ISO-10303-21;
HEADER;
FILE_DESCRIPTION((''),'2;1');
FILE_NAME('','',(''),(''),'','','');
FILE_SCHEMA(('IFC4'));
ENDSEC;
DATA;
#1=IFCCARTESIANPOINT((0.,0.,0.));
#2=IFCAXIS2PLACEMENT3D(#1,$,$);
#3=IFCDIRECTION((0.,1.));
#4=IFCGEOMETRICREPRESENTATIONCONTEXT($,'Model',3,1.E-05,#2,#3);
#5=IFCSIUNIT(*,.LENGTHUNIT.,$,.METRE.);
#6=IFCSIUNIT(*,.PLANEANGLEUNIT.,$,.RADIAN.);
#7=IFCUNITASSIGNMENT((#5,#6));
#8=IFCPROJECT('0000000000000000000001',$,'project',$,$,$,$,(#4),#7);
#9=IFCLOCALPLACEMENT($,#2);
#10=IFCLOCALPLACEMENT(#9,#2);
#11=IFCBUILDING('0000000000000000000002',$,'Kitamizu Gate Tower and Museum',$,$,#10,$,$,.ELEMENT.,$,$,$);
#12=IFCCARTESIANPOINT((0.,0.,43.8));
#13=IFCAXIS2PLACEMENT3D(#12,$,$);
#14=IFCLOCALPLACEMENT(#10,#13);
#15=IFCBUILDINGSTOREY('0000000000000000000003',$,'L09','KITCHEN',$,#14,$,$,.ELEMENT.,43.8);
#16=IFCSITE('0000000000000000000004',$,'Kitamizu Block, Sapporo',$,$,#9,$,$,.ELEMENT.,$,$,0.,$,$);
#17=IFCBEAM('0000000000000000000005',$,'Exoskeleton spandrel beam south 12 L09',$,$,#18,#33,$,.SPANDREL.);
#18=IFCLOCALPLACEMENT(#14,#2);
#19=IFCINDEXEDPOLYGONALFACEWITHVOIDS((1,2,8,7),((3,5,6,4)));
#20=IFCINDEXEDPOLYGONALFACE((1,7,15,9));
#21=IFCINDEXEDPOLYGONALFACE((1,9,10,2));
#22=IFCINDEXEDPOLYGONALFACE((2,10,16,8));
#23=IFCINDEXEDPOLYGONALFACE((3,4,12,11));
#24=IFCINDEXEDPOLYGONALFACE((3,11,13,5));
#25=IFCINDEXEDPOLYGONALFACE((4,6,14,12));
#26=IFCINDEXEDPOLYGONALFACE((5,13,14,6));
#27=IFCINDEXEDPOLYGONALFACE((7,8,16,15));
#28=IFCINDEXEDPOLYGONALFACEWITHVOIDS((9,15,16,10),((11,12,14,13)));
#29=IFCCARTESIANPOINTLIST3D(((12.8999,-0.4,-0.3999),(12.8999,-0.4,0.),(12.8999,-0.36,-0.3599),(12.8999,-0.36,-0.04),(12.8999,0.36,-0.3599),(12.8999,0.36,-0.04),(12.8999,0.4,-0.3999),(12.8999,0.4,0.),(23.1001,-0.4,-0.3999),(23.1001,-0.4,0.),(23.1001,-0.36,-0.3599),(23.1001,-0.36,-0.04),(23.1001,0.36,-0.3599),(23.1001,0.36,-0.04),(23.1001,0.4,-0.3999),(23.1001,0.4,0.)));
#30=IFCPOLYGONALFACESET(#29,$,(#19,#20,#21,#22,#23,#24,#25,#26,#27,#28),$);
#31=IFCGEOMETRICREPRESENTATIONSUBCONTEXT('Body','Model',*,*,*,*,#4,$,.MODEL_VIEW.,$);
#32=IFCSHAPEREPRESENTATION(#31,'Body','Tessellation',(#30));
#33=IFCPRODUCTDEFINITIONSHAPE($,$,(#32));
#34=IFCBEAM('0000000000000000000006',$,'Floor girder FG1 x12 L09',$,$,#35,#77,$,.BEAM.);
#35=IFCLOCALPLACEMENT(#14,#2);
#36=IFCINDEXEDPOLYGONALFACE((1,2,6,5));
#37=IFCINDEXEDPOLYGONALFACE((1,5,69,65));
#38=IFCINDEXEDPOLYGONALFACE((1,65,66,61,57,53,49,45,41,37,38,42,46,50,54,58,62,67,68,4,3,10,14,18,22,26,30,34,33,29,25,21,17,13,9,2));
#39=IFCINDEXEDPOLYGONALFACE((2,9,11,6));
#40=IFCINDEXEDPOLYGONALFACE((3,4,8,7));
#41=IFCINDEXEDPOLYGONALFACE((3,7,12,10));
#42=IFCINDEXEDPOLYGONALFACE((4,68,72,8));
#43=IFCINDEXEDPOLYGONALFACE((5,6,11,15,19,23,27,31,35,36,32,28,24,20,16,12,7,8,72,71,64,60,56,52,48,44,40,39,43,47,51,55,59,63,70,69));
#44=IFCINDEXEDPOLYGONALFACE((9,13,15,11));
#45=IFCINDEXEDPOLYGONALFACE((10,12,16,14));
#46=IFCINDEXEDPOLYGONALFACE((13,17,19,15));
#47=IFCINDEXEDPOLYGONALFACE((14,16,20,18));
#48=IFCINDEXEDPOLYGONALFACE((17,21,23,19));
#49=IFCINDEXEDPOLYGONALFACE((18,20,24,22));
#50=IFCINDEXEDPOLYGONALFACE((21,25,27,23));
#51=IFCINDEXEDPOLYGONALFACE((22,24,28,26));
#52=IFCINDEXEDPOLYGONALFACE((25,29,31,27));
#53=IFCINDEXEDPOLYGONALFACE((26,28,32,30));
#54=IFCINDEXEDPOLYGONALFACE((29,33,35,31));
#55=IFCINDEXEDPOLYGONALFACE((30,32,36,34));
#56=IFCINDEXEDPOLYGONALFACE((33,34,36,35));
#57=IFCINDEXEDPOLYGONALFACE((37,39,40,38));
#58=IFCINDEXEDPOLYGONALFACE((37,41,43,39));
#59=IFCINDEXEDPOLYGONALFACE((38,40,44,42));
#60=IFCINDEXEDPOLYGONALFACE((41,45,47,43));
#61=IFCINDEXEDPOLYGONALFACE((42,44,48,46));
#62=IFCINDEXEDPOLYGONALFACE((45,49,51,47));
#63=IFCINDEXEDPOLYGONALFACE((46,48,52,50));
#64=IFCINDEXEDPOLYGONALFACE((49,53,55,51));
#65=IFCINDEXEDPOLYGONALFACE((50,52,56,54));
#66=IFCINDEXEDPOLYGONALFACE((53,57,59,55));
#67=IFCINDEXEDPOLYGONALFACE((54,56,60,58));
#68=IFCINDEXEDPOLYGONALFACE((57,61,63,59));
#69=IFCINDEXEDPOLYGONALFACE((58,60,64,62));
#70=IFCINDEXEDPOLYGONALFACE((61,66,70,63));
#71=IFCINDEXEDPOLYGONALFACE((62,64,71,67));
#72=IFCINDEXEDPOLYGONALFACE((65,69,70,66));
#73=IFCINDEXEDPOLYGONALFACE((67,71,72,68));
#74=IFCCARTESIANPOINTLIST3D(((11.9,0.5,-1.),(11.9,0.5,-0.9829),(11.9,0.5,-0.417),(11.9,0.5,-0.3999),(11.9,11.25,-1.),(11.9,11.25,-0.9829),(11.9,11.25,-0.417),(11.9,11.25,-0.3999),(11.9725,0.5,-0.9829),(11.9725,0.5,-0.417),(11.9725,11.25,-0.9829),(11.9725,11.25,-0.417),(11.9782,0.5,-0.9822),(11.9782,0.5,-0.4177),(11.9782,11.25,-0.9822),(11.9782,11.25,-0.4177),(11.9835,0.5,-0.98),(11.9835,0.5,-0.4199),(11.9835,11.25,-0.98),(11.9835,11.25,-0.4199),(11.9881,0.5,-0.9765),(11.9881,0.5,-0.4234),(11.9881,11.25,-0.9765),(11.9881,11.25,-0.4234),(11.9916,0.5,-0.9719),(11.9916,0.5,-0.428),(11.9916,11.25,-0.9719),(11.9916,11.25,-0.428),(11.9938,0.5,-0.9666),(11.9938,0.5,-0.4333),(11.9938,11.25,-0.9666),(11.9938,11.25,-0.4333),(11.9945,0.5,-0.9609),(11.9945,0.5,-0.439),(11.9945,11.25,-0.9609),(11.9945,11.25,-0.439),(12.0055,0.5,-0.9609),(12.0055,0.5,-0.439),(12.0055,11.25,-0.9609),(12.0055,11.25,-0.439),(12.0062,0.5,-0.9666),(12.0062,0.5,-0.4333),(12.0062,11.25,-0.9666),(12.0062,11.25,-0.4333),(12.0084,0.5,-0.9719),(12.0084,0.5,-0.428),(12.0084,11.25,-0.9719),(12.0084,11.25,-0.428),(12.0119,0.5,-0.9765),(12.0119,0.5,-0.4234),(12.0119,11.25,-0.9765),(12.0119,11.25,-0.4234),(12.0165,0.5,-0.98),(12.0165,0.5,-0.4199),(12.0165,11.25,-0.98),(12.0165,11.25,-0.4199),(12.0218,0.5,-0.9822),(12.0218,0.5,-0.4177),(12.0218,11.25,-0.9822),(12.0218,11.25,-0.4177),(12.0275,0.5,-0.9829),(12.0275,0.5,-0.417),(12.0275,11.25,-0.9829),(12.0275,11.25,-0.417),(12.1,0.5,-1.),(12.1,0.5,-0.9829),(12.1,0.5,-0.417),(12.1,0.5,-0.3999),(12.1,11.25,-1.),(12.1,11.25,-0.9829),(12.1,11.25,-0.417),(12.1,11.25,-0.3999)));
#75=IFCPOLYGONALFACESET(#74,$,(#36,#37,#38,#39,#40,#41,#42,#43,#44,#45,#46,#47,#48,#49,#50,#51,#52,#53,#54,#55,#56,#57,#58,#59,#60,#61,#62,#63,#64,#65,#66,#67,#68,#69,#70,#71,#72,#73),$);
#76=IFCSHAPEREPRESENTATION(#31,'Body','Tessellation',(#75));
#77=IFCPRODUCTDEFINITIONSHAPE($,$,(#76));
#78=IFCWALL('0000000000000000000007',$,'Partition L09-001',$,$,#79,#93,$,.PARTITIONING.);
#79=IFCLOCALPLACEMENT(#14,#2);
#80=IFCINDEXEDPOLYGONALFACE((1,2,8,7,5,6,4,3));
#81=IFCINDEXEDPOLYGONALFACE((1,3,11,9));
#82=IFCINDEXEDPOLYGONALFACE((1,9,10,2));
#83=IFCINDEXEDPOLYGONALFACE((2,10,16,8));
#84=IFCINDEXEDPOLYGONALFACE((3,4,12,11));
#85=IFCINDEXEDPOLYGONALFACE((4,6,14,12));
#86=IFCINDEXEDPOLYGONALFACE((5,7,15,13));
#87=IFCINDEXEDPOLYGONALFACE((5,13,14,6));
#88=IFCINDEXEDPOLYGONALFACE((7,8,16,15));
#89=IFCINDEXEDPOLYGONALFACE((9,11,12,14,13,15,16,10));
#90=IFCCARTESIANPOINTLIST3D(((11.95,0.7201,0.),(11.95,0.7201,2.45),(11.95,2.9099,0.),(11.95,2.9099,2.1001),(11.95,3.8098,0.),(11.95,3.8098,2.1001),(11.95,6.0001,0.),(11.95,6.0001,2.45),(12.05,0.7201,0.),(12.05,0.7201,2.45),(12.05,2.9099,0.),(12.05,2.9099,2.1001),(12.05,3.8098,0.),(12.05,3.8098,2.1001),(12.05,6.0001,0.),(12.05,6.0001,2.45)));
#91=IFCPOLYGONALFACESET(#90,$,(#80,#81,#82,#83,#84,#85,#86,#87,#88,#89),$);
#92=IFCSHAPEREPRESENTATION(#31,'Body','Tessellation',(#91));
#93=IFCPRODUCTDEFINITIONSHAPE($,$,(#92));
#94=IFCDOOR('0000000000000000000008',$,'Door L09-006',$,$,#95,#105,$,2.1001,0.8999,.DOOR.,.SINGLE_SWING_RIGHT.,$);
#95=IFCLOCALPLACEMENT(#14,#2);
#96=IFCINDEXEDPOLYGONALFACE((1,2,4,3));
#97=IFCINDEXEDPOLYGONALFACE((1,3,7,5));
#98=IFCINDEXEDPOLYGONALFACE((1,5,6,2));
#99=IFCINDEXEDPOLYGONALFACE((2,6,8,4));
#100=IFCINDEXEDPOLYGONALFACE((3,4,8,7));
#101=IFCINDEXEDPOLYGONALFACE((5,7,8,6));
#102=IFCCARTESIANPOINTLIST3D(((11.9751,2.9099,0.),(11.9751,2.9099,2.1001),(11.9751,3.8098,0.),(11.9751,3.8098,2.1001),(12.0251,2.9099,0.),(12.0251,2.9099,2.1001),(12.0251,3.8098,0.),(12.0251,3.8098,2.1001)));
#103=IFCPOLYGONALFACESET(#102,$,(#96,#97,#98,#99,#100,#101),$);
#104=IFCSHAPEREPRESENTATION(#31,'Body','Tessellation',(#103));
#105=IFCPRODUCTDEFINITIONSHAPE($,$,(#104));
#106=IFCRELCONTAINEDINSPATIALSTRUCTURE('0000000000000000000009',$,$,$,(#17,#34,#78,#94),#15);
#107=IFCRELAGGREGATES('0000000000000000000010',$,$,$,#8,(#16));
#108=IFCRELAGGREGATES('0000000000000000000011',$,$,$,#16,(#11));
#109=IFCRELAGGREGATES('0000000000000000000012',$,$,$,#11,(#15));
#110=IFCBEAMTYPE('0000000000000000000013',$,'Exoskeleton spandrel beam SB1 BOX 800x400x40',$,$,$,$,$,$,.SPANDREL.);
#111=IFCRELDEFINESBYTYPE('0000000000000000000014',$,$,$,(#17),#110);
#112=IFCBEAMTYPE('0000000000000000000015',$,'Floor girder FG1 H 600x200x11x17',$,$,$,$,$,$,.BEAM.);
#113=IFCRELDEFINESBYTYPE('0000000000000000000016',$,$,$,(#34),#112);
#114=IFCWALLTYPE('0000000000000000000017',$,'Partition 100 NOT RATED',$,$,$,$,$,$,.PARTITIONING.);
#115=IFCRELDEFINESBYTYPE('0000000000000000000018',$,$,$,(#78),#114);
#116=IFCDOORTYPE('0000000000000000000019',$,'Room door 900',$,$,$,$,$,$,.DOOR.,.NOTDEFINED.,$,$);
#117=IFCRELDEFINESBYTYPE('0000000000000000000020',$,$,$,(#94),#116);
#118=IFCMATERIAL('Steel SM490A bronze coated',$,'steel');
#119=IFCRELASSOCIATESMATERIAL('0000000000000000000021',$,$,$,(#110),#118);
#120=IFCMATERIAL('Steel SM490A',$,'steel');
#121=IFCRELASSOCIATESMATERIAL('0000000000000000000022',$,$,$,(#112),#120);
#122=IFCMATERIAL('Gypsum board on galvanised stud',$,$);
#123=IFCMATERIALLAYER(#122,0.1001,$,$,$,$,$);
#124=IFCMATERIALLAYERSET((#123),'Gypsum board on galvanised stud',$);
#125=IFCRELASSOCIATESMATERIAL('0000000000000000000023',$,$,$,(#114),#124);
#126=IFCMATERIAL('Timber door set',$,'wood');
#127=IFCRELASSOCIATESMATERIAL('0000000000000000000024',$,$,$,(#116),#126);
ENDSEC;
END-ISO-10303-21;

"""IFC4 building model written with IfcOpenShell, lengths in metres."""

from ifc_helpers import new_model, si_unit, direction, frame, frame_2d, origin, origin_2d, place, context, subcontext, project, spatial, rectangle, hollow_rectangle, i_section, extrude, material, layer, layer_set, material_profile, profile_set, type_object, element, fill, save


model = new_model("IFC4")

# Units and contexts
model_context = context("Model", 3, precision=1e-05, world=origin(), true_north=direction((0.0, 1.0)))
body_context = subcontext(model_context, "Body", "Model", "MODEL_VIEW")
ifc_project = project(units=[si_unit("LENGTHUNIT", "METRE"), si_unit("PLANEANGLEUNIT", "RADIAN")], contexts=[model_context])

# Site, building, storey
site_placement = place(None, origin())
site = spatial("IfcSite", under=ifc_project, at=site_placement, Name="Kitamizu Block, Sapporo", CompositionType="ELEMENT", RefElevation=0.0)
building_placement = place(site_placement, origin())
building = spatial("IfcBuilding", under=site, at=building_placement, Name="Kitamizu Gate Tower and Museum", CompositionType="ELEMENT")
storey_placement = place(building_placement, frame((0.0, 0.0, 43.8)))
storey = spatial("IfcBuildingStorey", under=building, at=storey_placement, Name="L09", Description="KITCHEN", CompositionType="ELEMENT", Elevation=43.8)

# Beams
ifc_material_1 = material(Name="Steel SM490A bronze coated", Category="steel")
ifc_material_profile_1 = material_profile(ifc_material_1, hollow_rectangle(XDim=0.8, YDim=0.3999, WallThickness=0.04, at=origin_2d()), Name="BOX 800x400x40")
ifc_profile_set_1 = profile_set([ifc_material_profile_1], Name="Steel SM490A bronze coated")
beam_type_1 = type_object("IfcBeamType", Name="Exoskeleton spandrel beam SB1 BOX 800x400x40", PredefinedType="SPANDREL", material=ifc_profile_set_1)
beam_1_placement = place(storey_placement, frame((12.8999, 0.0, -0.2), z_axis=(1.0, 0.0, 0.0), x_axis=(0.0, 1.0, 0.0)))
element("IfcBeam", 1, at=beam_1_placement, inside=storey, type_object=beam_type_1, Name="Exoskeleton spandrel beam south 12 L09", PredefinedType="SPANDREL", context=body_context, shape_type="SweptSolid", body=[
    extrude(hollow_rectangle(XDim=0.8, YDim=0.3999, WallThickness=0.04, at=origin_2d()), origin(), (0.0, 0.0, 1.0), 10.2002),
])
ifc_material_2 = material(Name="Steel SM490A", Category="steel")
ifc_material_profile_2 = material_profile(ifc_material_2, i_section(OverallWidth=0.2, OverallDepth=0.6001, WebThickness=0.011, FlangeThickness=0.0171, FilletRadius=0.022, at=origin_2d()), Name="H-600x200x11x17")
ifc_profile_set_2 = profile_set([ifc_material_profile_2], Name="Steel SM490A")
beam_type_2 = type_object("IfcBeamType", Name="Floor girder FG1 H 600x200x11x17", PredefinedType="BEAM", material=ifc_profile_set_2)
beam_2_placement = place(storey_placement, frame((12.0, 0.5, -0.7), z_axis=(0.0, 1.0, 0.0), x_axis=(-1.0, 0.0, 0.0)))
element("IfcBeam", 2, at=beam_2_placement, inside=storey, type_object=beam_type_2, Name="Floor girder FG1 x12 L09", PredefinedType="BEAM", context=body_context, shape_type="SweptSolid", body=[
    extrude(i_section(OverallWidth=0.2, OverallDepth=0.6001, WebThickness=0.011, FlangeThickness=0.0171, FilletRadius=0.022, at=origin_2d()), origin(), (0.0, 0.0, 1.0), 10.75),
])

# Wall, opening, door
ifc_material_3 = material(Name="Gypsum board on galvanised stud")
ifc_layer = layer(ifc_material_3, 0.1001)
ifc_layer_set = layer_set([ifc_layer], Name="Gypsum board on galvanised stud")
wall_type = type_object("IfcWallType", Name="Partition 100 NOT RATED", PredefinedType="PARTITIONING", material=ifc_layer_set)
wall_placement = place(storey_placement, frame((12.0, 0.72, 0.0), z_axis=(0.0, 0.0, 1.0), x_axis=(0.0, 1.0, 0.0)))
wall = element("IfcWall", 3, at=wall_placement, inside=storey, type_object=wall_type, Name="Partition L09-001", PredefinedType="PARTITIONING", context=body_context, shape_type="SweptSolid", body=[
    extrude(rectangle(XDim=5.28, YDim=0.1001, at=frame_2d((2.6401, 0.0))), origin(), (0.0, 0.0, 1.0), 2.45),
])
opening_placement = place(wall_placement, frame((2.1899, 0.0, 0.0)))
opening = element("IfcOpeningElement", 4, at=opening_placement, cuts=wall, PredefinedType="OPENING", context=body_context, shape_type="SweptSolid", body=[
    extrude(rectangle(XDim=0.8999, YDim=2.1001, at=frame_2d((0.45, 1.05))), frame((0.0, 0.0601, 0.0), z_axis=(0.0, -1.0, 0.0), x_axis=(1.0, 0.0, 0.0)), (0.0, 0.0, 1.0), 0.1201),
])
ifc_material_4 = material(Name="Timber door set", Category="wood")
door_type = type_object("IfcDoorType", Name="Room door 900", OperationType="NOTDEFINED", PredefinedType="DOOR", material=ifc_material_4)
door_placement = place(opening_placement, origin())
door = element("IfcDoor", 5, at=door_placement, inside=storey, type_object=door_type, Name="Door L09-006", OperationType="SINGLE_SWING_RIGHT", OverallHeight=2.1001, OverallWidth=0.8999, PredefinedType="DOOR", context=body_context, shape_type="SweptSolid", body=[
    extrude(rectangle(XDim=0.8999, YDim=2.1001, at=frame_2d((0.45, 1.05))), frame((0.0, 0.0249, 0.0), z_axis=(0.0, -1.0, 0.0), x_axis=(1.0, 0.0, 0.0)), (0.0, 0.0, 1.0), 0.05),
])
fill(opening, door)

save(model, "model.ifc")
